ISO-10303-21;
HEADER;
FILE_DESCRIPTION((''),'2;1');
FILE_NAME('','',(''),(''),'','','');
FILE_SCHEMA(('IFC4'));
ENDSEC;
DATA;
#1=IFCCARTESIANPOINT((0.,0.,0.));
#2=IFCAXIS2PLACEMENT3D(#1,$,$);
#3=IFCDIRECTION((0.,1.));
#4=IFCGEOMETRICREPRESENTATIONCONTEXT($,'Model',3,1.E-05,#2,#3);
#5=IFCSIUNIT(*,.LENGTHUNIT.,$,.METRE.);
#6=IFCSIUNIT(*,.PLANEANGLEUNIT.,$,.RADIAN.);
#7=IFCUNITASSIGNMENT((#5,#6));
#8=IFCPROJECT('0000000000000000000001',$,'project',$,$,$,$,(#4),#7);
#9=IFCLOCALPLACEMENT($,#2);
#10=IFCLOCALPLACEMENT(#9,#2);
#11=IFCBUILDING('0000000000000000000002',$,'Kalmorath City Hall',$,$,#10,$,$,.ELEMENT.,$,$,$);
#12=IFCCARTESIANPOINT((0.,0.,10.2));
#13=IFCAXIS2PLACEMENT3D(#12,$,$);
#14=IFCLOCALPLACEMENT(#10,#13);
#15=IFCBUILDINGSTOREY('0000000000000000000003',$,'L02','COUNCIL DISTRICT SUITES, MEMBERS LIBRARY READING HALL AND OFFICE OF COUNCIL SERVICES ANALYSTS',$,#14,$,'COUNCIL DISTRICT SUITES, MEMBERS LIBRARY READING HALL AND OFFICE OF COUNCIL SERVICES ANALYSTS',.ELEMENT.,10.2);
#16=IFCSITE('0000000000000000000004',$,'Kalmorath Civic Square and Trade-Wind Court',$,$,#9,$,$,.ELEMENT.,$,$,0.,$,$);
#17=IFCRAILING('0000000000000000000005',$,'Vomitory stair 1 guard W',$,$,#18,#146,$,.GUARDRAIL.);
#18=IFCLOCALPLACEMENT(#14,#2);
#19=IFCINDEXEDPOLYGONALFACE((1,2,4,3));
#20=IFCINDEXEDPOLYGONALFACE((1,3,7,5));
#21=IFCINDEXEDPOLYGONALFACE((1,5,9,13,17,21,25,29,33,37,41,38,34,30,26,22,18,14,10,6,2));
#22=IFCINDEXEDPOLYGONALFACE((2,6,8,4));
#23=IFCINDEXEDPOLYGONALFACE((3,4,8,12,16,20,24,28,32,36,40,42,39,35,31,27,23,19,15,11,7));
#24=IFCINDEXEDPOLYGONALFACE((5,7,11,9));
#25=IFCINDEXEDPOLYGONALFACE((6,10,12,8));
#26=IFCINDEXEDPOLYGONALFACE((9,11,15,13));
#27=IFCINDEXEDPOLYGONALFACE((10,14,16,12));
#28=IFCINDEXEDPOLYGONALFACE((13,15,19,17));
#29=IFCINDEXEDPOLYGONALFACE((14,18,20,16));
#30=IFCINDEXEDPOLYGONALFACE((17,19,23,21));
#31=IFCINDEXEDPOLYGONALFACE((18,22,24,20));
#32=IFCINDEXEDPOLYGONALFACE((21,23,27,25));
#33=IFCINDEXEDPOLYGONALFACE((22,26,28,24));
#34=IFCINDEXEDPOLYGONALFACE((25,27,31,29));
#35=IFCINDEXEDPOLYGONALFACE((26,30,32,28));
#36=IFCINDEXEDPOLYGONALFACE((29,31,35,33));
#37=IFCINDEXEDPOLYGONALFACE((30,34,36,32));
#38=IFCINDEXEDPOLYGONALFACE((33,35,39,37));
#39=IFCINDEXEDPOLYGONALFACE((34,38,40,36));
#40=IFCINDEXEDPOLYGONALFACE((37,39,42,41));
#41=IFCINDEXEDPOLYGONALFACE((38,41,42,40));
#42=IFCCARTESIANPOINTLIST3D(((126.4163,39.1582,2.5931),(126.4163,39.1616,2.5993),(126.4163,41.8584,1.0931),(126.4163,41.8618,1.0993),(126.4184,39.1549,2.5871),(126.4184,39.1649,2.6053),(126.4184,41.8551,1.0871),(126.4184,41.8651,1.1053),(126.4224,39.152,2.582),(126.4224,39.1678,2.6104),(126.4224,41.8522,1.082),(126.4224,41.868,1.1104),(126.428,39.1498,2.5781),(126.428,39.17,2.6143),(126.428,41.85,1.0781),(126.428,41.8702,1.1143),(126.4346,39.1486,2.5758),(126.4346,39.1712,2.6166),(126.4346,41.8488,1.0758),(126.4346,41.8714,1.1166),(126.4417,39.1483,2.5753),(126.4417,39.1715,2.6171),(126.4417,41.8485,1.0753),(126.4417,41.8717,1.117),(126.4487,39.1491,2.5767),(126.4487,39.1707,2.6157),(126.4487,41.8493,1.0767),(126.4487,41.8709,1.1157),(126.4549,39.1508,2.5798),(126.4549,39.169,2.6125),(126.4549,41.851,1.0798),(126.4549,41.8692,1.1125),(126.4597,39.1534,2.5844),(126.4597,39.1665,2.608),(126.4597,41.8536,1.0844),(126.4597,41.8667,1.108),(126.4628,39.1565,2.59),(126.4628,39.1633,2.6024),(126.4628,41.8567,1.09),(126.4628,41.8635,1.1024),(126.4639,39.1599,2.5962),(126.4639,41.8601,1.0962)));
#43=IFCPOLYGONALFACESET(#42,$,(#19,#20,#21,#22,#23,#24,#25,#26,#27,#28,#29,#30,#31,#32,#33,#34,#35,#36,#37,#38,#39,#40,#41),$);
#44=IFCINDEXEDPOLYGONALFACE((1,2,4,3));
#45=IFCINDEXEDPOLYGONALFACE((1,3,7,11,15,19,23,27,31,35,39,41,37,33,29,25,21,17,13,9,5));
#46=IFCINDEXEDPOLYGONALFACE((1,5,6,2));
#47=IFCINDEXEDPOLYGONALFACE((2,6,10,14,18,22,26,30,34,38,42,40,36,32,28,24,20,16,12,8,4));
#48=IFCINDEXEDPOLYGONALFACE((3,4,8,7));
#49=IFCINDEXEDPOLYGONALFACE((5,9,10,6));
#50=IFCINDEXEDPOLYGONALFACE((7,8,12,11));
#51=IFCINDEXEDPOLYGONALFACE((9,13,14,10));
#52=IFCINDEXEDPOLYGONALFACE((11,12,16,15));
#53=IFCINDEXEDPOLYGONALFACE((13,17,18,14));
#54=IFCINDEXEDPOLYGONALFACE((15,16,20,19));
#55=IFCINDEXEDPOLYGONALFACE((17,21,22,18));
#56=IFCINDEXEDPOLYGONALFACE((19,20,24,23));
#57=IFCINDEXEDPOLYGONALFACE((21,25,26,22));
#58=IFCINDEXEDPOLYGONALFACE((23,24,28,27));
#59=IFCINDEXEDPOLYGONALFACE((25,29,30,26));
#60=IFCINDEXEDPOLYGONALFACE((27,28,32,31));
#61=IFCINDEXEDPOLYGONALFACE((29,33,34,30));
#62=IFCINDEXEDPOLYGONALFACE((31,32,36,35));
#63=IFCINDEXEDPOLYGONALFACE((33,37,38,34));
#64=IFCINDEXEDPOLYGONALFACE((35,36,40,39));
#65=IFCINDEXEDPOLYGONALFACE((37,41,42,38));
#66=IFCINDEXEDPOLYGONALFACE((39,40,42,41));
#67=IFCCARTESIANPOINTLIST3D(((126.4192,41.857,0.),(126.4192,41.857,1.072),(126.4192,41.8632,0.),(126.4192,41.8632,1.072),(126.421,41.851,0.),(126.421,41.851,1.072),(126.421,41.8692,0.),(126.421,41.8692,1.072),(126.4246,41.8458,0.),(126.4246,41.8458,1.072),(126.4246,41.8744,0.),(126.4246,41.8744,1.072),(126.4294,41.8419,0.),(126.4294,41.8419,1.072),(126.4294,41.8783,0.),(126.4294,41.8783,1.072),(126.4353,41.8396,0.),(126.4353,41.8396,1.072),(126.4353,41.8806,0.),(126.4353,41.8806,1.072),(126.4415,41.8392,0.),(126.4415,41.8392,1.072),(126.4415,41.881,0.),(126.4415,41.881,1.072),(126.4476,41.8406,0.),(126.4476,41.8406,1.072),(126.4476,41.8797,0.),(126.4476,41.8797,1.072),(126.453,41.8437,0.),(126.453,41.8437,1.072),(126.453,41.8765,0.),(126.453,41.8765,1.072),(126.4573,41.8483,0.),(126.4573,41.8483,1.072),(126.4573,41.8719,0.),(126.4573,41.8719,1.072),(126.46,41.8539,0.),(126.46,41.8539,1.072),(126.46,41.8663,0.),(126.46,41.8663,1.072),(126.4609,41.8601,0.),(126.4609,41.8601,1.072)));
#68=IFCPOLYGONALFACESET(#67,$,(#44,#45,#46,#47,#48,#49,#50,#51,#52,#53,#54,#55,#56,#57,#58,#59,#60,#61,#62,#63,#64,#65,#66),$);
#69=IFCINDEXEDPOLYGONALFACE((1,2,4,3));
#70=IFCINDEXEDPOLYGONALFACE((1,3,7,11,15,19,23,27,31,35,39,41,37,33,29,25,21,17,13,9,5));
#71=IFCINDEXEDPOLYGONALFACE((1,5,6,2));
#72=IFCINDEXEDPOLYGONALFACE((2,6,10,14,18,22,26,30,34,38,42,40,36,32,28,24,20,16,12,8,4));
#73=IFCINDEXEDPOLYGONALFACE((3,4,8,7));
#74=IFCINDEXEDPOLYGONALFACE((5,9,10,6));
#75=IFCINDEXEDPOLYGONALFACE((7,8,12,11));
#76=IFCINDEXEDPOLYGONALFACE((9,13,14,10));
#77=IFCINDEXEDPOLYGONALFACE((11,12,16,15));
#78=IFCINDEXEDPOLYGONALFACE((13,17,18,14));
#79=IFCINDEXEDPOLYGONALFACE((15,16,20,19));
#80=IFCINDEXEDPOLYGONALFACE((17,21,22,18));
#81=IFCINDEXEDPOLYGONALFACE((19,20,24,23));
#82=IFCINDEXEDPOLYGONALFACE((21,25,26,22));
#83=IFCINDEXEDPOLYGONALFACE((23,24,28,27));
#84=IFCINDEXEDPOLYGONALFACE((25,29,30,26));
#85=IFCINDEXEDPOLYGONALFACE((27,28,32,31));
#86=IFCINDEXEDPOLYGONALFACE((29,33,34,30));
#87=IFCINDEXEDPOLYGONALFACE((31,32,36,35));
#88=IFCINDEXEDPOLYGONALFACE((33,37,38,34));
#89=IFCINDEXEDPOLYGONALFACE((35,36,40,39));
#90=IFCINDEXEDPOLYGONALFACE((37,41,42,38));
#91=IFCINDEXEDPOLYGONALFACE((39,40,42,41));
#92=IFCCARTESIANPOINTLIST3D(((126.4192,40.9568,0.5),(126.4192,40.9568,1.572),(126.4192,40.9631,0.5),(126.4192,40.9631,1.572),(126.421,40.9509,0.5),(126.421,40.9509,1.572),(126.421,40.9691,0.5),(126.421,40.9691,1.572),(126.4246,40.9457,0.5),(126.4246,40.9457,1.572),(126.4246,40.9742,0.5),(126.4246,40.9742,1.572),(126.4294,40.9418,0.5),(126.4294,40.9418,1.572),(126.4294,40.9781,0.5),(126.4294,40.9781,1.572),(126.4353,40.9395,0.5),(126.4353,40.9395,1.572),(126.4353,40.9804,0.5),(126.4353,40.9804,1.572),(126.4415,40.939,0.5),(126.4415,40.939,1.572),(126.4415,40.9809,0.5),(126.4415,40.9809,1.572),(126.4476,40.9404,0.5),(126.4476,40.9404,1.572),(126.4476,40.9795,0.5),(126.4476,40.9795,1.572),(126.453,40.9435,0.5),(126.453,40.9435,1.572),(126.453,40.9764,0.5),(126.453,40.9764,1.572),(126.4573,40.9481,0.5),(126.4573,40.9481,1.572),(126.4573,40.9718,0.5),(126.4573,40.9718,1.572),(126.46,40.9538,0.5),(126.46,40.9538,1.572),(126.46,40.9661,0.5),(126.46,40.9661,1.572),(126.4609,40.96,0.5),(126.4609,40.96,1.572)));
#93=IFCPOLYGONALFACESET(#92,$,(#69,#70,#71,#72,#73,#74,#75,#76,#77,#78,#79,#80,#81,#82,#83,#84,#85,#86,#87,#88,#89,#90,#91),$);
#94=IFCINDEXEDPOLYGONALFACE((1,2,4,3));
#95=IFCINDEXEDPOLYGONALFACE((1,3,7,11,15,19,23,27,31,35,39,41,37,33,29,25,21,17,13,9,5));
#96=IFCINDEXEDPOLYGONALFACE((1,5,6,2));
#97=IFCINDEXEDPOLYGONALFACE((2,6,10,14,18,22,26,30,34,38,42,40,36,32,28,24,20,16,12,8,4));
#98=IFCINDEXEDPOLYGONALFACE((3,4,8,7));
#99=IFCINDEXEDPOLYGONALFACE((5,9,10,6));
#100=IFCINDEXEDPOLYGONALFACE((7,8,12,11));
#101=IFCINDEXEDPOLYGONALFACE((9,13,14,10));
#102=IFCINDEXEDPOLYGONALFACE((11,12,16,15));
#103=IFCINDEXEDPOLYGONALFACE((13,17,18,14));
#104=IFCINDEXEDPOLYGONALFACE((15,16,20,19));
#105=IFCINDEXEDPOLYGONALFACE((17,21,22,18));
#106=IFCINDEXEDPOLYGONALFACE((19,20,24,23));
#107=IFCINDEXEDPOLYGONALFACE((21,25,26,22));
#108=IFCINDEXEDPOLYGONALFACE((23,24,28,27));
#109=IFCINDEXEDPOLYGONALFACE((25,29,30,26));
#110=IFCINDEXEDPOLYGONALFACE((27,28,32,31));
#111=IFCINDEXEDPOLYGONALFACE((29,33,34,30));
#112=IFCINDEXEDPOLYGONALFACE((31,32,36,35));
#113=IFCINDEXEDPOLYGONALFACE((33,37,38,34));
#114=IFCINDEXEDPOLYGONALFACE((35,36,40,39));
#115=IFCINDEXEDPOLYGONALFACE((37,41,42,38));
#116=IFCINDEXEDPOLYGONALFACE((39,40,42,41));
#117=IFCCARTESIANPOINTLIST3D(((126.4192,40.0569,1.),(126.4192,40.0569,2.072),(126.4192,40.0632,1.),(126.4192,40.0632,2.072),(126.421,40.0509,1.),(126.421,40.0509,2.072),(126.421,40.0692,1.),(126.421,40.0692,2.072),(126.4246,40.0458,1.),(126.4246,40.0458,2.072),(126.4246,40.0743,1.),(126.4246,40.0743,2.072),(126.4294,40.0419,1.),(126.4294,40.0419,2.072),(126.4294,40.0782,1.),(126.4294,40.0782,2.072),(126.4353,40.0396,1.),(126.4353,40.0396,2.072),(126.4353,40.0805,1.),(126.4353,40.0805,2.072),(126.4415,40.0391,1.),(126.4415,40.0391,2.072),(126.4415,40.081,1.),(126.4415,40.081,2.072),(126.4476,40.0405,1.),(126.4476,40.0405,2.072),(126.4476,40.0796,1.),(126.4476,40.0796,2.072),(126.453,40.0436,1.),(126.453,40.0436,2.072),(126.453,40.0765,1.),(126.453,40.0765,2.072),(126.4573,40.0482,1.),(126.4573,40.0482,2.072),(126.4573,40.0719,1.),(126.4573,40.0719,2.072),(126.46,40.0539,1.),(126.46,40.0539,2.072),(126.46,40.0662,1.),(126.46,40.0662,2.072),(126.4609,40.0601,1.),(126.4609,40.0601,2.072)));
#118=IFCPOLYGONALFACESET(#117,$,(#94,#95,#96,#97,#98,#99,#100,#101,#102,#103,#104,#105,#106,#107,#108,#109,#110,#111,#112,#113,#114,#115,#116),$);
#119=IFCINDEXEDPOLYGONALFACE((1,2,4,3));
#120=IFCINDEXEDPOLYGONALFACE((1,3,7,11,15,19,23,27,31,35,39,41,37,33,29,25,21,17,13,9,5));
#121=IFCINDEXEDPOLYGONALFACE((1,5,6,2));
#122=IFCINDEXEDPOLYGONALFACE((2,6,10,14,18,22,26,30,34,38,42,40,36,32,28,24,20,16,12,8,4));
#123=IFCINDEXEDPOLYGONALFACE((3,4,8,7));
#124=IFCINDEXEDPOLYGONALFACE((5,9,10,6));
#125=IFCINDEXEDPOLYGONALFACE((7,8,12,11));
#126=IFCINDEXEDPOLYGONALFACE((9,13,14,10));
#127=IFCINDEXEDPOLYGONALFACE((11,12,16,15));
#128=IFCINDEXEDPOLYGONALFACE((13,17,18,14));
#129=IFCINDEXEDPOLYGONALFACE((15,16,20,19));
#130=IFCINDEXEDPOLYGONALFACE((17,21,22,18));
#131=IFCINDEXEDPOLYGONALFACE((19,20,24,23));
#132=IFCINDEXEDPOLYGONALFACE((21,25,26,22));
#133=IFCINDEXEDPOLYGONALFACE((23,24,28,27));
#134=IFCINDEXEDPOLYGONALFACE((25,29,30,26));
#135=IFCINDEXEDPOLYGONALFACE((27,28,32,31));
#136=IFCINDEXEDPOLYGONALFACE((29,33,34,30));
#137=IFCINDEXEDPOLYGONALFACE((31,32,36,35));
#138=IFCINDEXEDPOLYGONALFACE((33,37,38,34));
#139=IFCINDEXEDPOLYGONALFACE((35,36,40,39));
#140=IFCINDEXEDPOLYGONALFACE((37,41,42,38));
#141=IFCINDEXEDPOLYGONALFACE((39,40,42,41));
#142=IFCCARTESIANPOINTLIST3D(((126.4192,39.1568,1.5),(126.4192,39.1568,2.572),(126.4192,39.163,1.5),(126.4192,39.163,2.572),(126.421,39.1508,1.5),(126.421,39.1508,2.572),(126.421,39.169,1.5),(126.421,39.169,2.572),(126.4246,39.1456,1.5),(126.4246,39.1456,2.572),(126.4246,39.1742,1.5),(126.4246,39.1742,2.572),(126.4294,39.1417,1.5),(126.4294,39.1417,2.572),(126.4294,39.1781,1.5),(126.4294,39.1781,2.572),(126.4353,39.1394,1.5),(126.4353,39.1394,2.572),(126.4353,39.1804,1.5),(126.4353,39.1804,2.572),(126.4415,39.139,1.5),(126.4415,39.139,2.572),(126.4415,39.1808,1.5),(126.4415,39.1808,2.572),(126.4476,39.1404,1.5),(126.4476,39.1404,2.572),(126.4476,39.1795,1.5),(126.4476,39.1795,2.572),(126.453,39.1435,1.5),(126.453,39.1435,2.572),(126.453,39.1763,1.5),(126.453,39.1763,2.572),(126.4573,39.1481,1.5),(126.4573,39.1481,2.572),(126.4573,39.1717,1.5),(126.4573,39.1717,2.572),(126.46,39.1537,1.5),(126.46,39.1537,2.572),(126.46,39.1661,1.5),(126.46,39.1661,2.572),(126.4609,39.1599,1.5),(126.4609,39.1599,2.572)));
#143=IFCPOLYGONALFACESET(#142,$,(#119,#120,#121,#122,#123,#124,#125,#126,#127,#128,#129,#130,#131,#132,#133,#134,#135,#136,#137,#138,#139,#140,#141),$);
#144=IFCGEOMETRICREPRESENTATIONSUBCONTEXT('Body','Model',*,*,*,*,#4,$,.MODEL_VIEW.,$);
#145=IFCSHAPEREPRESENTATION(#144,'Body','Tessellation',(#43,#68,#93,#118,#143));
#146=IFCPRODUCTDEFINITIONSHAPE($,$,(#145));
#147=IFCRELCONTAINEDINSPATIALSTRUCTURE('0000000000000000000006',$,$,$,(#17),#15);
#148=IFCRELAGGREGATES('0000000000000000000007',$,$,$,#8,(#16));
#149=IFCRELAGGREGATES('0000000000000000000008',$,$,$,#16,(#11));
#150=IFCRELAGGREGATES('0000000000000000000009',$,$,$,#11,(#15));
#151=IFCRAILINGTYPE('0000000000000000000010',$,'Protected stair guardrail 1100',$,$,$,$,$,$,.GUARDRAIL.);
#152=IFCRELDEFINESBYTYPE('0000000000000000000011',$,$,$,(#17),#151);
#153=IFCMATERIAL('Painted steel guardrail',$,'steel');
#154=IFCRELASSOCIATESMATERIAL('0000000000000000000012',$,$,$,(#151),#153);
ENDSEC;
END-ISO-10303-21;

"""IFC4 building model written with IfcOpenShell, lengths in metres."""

from ifc_helpers import new_model, si_unit, direction, frame, origin, origin_2d, place, context, subcontext, project, spatial, circle, extrude, material, type_object, element, save


model = new_model("IFC4")

# Units and contexts
model_context = context("Model", 3, precision=1e-05, world=origin(), true_north=direction((0.0, 1.0)))
body_context = subcontext(model_context, "Body", "Model", "MODEL_VIEW")
ifc_project = project(units=[si_unit("LENGTHUNIT", "METRE"), si_unit("PLANEANGLEUNIT", "RADIAN")], contexts=[model_context])

# Site, building, storey
site_placement = place(None, origin())
site = spatial("IfcSite", under=ifc_project, at=site_placement, Name="Kalmorath Civic Square and Trade-Wind Court", CompositionType="ELEMENT", RefElevation=0.0)
building_placement = place(site_placement, origin())
building = spatial("IfcBuilding", under=site, at=building_placement, Name="Kalmorath City Hall", CompositionType="ELEMENT")
storey_placement = place(building_placement, frame((0.0, 0.0, 10.2)))
storey = spatial("IfcBuildingStorey", under=building, at=storey_placement, Name="L02", Description="COUNCIL DISTRICT SUITES, MEMBERS LIBRARY READING HALL AND OFFICE OF COUNCIL SERVICES ANALYSTS", LongName="COUNCIL DISTRICT SUITES, MEMBERS LIBRARY READING HALL AND OFFICE OF COUNCIL SERVICES ANALYSTS", CompositionType="ELEMENT", Elevation=10.2)

# Railing
ifc_material_1 = material(Name="Painted steel guardrail", Category="steel")
railing_type_1 = type_object("IfcRailingType", Name="Protected stair guardrail 1100", PredefinedType="GUARDRAIL", material=ifc_material_1)
railing_1_placement = place(storey_placement, frame((126.4399, 41.8601, 0.0)))
element("IfcRailing", 1, at=railing_1_placement, inside=storey, type_object=railing_type_1, Name="Vomitory stair 1 guard W", PredefinedType="GUARDRAIL", context=body_context, shape_type="SweptSolid", body=[
    extrude(circle(Radius=0.0239, at=origin_2d()), frame((0.0, 0.0, 1.0962), z_axis=(0.0, -0.874172, 0.485616), x_axis=(1.0, 0.0, 0.0)), (0.0, 0.0, 1.0), 3.0889),
    extrude(circle(Radius=0.021, at=origin_2d()), origin(), (0.0, 0.0, 1.0), 1.072),
    extrude(circle(Radius=0.021, at=origin_2d()), frame((0.0, -0.9001, 0.5)), (0.0, 0.0, 1.0), 1.072),
    extrude(circle(Radius=0.021, at=origin_2d()), frame((0.0, -1.8, 1.0)), (0.0, 0.0, 1.0), 1.072),
    extrude(circle(Radius=0.021, at=origin_2d()), frame((0.0, -2.7002, 1.5)), (0.0, 0.0, 1.0), 1.072),
])

save(model, "model.ifc")
